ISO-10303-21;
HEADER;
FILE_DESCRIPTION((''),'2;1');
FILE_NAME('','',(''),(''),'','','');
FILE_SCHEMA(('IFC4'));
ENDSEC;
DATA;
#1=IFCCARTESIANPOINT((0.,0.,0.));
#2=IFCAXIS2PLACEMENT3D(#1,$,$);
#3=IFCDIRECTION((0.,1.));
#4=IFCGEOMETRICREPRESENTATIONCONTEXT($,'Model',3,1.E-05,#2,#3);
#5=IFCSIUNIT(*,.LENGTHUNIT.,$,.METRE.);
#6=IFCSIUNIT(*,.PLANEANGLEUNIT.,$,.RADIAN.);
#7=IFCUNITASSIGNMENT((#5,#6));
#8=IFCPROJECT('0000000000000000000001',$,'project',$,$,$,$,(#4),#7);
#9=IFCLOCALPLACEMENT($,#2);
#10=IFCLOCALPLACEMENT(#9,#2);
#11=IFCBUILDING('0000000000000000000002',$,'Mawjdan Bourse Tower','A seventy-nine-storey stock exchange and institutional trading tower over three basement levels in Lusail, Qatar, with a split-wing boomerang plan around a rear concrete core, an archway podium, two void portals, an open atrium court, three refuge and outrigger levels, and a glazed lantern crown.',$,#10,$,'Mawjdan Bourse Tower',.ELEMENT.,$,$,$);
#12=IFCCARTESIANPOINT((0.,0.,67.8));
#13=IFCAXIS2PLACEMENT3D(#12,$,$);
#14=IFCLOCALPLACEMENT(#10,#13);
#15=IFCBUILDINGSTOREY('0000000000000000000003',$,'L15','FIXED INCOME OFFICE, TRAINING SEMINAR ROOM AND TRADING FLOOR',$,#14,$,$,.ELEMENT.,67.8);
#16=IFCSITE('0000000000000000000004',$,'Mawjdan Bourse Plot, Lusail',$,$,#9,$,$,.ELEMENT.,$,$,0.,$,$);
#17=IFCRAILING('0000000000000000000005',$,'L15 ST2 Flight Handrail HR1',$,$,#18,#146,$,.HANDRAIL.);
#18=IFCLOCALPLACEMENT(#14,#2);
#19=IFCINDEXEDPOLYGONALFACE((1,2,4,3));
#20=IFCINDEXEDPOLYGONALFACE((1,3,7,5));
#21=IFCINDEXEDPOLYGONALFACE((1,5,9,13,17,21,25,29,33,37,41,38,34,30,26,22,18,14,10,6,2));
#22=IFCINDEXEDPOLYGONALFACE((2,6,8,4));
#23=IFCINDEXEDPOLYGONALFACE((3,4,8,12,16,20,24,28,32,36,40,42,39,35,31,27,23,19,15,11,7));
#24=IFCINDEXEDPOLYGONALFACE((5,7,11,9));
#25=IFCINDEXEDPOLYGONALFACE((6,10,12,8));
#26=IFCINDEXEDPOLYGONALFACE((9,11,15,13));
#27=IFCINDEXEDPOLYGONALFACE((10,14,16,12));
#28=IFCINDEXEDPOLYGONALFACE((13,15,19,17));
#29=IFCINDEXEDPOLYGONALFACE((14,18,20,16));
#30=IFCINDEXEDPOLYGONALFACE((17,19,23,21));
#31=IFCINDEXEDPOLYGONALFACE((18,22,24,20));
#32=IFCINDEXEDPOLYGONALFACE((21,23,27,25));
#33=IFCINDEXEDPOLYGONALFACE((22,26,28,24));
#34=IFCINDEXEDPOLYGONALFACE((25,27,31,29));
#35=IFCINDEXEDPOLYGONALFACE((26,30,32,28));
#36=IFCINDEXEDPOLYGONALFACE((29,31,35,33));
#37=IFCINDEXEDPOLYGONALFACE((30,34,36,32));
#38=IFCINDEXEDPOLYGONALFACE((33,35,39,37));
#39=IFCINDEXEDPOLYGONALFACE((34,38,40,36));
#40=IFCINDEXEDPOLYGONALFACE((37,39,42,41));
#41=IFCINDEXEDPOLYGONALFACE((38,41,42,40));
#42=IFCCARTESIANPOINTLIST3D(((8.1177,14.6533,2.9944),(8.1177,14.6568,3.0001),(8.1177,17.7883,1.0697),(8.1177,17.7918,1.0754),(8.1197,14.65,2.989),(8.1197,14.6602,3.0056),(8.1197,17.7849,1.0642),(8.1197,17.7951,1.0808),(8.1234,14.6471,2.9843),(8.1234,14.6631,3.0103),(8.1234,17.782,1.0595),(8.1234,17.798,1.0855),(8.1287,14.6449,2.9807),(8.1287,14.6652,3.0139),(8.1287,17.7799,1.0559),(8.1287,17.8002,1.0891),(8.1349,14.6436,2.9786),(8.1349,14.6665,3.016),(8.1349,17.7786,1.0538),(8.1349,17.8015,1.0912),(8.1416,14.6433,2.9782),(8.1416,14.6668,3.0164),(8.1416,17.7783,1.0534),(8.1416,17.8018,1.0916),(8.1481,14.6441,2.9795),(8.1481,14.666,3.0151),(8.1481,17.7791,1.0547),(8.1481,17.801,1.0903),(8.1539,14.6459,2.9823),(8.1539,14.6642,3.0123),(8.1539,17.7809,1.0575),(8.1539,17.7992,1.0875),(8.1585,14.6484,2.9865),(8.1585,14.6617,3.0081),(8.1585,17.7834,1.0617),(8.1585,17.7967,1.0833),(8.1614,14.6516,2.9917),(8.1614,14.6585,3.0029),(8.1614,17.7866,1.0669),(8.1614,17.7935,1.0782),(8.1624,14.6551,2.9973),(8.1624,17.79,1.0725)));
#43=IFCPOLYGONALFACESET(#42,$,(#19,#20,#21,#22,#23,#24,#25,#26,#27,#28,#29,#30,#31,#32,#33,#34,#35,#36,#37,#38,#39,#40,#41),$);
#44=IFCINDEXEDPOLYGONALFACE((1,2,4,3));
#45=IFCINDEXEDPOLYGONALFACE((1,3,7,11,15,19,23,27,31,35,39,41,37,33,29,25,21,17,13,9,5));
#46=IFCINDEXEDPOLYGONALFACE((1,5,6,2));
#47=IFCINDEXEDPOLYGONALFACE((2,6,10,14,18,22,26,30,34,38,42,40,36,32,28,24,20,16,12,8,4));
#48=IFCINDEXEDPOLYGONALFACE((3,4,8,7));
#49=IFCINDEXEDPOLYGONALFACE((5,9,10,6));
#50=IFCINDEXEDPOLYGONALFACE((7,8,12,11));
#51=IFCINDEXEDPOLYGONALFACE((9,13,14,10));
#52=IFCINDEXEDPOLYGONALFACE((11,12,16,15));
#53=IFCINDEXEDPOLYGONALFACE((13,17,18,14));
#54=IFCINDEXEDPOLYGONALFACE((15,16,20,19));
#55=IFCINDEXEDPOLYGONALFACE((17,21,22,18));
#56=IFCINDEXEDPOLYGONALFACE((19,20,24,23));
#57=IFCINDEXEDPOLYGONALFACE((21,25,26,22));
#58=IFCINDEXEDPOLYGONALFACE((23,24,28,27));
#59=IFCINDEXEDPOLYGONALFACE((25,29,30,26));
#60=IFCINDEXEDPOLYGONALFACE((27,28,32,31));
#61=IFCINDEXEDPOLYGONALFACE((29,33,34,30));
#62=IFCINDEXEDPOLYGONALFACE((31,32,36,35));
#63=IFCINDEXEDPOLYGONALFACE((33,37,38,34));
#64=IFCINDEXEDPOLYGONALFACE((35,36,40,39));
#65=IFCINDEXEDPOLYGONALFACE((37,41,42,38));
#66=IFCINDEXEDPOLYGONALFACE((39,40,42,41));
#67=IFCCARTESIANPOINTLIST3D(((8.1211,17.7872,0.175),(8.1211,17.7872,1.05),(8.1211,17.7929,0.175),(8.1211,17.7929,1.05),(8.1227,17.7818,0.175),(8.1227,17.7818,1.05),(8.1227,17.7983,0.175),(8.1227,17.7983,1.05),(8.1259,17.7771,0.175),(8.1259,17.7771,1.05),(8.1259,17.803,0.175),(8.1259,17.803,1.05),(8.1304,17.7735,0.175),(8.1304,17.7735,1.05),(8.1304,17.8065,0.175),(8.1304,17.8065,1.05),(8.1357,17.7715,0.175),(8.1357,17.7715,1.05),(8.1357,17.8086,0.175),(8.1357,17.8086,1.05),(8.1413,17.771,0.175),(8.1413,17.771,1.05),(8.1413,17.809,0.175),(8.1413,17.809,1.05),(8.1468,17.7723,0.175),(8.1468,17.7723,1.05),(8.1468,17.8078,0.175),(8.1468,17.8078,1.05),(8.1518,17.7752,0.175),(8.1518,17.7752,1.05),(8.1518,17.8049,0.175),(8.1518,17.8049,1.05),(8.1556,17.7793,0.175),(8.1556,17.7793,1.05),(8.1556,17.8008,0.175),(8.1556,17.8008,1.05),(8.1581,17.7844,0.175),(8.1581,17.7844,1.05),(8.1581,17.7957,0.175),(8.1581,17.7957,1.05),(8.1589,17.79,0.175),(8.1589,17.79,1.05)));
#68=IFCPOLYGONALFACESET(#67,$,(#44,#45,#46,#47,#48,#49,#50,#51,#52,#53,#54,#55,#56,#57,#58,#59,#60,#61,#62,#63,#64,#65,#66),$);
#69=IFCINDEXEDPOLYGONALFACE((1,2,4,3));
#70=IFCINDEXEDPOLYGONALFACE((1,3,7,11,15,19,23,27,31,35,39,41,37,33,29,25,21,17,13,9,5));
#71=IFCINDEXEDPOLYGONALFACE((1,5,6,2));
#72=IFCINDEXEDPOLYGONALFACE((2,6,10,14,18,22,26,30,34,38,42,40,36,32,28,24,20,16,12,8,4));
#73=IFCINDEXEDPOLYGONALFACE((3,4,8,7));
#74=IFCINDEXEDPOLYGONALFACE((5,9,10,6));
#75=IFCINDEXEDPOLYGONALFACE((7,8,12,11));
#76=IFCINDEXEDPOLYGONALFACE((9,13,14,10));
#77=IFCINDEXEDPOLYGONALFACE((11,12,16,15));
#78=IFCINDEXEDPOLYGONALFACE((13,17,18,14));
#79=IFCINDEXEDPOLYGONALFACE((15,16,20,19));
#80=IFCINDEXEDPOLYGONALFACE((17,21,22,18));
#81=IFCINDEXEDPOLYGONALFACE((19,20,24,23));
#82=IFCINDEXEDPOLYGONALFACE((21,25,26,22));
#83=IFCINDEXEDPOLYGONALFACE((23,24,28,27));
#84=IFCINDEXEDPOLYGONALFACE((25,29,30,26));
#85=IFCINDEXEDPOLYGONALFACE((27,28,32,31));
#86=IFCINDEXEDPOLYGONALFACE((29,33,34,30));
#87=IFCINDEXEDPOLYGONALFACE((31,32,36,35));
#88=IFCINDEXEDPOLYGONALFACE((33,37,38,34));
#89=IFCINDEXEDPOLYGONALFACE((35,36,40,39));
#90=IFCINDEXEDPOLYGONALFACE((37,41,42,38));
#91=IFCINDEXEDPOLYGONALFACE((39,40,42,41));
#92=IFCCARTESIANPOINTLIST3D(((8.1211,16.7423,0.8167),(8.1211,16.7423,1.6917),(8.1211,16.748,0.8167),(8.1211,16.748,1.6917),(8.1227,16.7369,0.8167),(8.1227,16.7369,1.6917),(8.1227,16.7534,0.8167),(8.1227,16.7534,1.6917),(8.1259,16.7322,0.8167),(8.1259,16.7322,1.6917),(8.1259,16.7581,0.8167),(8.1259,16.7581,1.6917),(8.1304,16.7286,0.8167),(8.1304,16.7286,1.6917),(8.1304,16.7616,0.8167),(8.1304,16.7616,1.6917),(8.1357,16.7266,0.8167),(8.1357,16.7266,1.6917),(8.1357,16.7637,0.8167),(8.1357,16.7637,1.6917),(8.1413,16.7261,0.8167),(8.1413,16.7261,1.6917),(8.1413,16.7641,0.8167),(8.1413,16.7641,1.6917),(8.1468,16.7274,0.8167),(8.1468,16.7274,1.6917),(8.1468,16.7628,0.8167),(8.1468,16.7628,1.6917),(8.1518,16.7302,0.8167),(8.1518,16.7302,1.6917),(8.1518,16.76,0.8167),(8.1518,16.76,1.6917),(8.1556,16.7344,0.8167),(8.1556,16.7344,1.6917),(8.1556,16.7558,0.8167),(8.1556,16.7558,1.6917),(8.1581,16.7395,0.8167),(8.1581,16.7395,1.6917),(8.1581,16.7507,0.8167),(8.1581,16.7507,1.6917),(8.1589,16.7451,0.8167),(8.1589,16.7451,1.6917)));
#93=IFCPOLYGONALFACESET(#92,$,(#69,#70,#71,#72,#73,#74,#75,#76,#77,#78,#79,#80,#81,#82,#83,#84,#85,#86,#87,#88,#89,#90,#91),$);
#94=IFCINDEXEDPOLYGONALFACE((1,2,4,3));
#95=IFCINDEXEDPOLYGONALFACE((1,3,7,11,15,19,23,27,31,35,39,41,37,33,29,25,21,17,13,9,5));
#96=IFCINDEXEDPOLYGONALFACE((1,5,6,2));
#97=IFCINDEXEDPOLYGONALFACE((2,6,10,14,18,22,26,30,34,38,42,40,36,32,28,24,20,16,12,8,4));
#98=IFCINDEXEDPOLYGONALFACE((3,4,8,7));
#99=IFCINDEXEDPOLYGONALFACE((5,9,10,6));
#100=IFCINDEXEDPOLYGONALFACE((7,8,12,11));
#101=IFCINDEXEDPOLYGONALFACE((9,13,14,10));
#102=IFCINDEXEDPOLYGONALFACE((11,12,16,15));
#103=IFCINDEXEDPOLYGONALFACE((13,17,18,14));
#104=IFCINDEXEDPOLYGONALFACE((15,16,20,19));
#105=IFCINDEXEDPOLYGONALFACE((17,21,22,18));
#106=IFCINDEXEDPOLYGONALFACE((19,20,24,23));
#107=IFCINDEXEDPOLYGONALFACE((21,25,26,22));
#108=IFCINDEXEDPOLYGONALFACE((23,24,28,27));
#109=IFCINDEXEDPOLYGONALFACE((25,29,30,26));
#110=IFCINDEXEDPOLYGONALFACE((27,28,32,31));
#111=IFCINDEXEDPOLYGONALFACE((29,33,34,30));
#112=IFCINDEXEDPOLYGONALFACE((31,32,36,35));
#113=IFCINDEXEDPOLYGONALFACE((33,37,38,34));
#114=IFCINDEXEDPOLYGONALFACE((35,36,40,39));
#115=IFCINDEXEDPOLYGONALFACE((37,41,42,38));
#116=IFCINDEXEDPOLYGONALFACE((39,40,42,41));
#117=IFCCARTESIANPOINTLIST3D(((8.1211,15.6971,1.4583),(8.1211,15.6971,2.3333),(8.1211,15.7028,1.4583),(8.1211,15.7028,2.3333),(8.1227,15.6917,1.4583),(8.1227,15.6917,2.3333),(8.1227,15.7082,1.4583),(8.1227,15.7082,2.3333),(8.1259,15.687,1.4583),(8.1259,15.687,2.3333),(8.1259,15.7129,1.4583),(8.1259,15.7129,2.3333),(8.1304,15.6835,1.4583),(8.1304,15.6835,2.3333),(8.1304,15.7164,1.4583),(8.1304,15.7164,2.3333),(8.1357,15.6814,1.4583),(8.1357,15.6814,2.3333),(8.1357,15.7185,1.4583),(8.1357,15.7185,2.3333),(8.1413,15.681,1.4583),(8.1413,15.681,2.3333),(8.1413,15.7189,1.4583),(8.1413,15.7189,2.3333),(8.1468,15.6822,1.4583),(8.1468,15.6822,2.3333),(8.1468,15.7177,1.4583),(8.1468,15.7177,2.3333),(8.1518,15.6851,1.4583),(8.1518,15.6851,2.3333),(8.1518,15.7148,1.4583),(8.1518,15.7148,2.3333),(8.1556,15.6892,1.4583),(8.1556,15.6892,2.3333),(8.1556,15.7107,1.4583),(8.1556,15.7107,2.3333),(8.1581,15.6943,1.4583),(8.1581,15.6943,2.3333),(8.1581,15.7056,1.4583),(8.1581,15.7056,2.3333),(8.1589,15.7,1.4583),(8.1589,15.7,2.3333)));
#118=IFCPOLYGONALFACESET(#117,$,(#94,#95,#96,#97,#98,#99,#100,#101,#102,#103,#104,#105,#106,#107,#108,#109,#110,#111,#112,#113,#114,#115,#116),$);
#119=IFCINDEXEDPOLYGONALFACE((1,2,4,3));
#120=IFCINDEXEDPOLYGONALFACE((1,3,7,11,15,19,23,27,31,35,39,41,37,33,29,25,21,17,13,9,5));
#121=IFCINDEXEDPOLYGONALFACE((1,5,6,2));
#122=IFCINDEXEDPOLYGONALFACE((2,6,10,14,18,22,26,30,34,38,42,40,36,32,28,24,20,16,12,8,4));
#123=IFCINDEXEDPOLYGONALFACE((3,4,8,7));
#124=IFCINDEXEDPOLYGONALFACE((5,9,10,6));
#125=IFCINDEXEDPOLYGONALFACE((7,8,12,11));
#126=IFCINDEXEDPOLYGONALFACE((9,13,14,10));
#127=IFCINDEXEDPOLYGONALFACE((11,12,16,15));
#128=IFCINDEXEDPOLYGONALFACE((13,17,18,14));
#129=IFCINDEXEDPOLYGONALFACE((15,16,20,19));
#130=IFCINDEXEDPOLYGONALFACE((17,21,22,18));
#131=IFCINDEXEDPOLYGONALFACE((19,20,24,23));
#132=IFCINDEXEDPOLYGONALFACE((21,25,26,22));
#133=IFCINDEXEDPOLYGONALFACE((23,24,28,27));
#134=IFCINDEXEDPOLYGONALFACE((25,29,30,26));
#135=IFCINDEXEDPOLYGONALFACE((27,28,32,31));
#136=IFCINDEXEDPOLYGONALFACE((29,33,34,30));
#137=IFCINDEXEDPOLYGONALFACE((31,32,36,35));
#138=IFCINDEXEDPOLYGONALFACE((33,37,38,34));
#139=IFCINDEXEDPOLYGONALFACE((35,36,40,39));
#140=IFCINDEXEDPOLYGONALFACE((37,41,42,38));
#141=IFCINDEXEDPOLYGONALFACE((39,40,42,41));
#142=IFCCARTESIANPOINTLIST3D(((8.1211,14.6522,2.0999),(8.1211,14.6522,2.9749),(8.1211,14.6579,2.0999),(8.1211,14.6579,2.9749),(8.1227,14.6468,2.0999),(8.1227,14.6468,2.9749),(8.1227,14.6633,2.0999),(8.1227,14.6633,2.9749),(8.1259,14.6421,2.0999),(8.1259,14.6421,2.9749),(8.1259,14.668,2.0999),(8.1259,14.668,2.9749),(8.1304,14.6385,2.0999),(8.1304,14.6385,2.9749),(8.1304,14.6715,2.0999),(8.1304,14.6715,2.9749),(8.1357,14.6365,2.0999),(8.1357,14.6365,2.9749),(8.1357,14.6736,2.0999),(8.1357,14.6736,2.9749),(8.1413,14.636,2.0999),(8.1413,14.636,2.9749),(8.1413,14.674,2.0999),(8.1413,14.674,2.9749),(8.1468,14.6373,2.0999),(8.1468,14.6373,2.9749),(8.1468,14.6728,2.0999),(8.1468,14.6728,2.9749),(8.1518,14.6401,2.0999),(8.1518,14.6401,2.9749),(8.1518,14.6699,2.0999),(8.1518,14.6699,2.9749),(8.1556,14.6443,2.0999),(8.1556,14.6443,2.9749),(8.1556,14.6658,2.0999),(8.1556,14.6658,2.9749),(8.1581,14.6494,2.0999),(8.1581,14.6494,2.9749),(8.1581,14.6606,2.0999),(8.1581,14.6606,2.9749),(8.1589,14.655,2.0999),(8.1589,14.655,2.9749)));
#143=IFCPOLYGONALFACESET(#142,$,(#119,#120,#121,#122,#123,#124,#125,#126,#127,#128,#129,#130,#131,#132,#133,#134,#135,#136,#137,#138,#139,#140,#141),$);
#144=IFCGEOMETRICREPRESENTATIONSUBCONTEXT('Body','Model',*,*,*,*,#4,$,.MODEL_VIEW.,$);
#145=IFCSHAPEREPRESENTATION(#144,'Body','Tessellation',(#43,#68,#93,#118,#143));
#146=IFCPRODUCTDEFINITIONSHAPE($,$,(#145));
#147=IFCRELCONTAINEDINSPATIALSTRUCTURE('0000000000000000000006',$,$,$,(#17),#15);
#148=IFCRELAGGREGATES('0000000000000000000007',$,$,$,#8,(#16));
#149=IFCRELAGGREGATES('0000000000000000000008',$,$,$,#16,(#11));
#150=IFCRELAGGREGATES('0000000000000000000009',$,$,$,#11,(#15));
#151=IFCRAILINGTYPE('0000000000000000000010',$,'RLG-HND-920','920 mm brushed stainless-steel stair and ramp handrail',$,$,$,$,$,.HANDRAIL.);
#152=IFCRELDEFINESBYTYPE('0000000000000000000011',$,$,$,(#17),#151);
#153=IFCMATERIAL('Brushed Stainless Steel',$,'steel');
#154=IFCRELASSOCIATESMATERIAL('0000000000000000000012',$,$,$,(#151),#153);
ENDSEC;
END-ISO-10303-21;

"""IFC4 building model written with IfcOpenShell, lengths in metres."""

from ifc_helpers import new_model, si_unit, direction, frame, origin, origin_2d, place, context, subcontext, project, spatial, circle, extrude, material, type_object, element, save


model = new_model("IFC4")

# Units and contexts
model_context = context("Model", 3, precision=1e-05, world=origin(), true_north=direction((0.0, 1.0)))
body_context = subcontext(model_context, "Body", "Model", "MODEL_VIEW")
ifc_project = project(units=[si_unit("LENGTHUNIT", "METRE"), si_unit("PLANEANGLEUNIT", "RADIAN")], contexts=[model_context])

# Site, building, storey
site_placement = place(None, origin())
site = spatial("IfcSite", under=ifc_project, at=site_placement, Name="Mawjdan Bourse Plot, Lusail", CompositionType="ELEMENT", RefElevation=0.0)
building_placement = place(site_placement, origin())
building = spatial("IfcBuilding", under=site, at=building_placement, Name="Mawjdan Bourse Tower", Description="A seventy-nine-storey stock exchange and institutional trading tower over three basement levels in Lusail, Qatar, with a split-wing boomerang plan around a rear concrete core, an archway podium, two void portals, an open atrium court, three refuge and outrigger levels, and a glazed lantern crown.", LongName="Mawjdan Bourse Tower", CompositionType="ELEMENT")
storey_placement = place(building_placement, frame((0.0, 0.0, 67.8)))
storey = spatial("IfcBuildingStorey", under=building, at=storey_placement, Name="L15", Description="FIXED INCOME OFFICE, TRAINING SEMINAR ROOM AND TRADING FLOOR", CompositionType="ELEMENT", Elevation=67.8)

# Railing
ifc_material_1 = material(Name="Brushed Stainless Steel", Category="steel")
railing_type_1 = type_object("IfcRailingType", Name="RLG-HND-920", Description="920 mm brushed stainless-steel stair and ramp handrail", PredefinedType="HANDRAIL", material=ifc_material_1)
railing_1_placement = place(storey_placement, frame((8.1399, 17.79, 0.175)))
element("IfcRailing", 1, at=railing_1_placement, inside=storey, type_object=railing_type_1, Name="L15 ST2 Flight Handrail HR1", PredefinedType="HANDRAIL", context=body_context, shape_type="SweptSolid", body=[
    extrude(circle(Radius=0.0225, at=origin_2d()), frame((0.0, 0.0, 0.8975), z_axis=(0.0, -0.852196, 0.523223), x_axis=(1.0, 0.0, 0.0)), (0.0, 0.0, 1.0), 3.6787),
    extrude(circle(Radius=0.019, at=origin_2d()), origin(), (0.0, 0.0, 1.0), 0.875),
    extrude(circle(Radius=0.019, at=origin_2d()), frame((0.0, -1.0449, 0.6416)), (0.0, 0.0, 1.0), 0.875),
    extrude(circle(Radius=0.019, at=origin_2d()), frame((0.0, -2.0901, 1.2832)), (0.0, 0.0, 1.0), 0.875),
    extrude(circle(Radius=0.019, at=origin_2d()), frame((0.0, -3.135, 1.9248)), (0.0, 0.0, 1.0), 0.875),
])

save(model, "model.ifc")
